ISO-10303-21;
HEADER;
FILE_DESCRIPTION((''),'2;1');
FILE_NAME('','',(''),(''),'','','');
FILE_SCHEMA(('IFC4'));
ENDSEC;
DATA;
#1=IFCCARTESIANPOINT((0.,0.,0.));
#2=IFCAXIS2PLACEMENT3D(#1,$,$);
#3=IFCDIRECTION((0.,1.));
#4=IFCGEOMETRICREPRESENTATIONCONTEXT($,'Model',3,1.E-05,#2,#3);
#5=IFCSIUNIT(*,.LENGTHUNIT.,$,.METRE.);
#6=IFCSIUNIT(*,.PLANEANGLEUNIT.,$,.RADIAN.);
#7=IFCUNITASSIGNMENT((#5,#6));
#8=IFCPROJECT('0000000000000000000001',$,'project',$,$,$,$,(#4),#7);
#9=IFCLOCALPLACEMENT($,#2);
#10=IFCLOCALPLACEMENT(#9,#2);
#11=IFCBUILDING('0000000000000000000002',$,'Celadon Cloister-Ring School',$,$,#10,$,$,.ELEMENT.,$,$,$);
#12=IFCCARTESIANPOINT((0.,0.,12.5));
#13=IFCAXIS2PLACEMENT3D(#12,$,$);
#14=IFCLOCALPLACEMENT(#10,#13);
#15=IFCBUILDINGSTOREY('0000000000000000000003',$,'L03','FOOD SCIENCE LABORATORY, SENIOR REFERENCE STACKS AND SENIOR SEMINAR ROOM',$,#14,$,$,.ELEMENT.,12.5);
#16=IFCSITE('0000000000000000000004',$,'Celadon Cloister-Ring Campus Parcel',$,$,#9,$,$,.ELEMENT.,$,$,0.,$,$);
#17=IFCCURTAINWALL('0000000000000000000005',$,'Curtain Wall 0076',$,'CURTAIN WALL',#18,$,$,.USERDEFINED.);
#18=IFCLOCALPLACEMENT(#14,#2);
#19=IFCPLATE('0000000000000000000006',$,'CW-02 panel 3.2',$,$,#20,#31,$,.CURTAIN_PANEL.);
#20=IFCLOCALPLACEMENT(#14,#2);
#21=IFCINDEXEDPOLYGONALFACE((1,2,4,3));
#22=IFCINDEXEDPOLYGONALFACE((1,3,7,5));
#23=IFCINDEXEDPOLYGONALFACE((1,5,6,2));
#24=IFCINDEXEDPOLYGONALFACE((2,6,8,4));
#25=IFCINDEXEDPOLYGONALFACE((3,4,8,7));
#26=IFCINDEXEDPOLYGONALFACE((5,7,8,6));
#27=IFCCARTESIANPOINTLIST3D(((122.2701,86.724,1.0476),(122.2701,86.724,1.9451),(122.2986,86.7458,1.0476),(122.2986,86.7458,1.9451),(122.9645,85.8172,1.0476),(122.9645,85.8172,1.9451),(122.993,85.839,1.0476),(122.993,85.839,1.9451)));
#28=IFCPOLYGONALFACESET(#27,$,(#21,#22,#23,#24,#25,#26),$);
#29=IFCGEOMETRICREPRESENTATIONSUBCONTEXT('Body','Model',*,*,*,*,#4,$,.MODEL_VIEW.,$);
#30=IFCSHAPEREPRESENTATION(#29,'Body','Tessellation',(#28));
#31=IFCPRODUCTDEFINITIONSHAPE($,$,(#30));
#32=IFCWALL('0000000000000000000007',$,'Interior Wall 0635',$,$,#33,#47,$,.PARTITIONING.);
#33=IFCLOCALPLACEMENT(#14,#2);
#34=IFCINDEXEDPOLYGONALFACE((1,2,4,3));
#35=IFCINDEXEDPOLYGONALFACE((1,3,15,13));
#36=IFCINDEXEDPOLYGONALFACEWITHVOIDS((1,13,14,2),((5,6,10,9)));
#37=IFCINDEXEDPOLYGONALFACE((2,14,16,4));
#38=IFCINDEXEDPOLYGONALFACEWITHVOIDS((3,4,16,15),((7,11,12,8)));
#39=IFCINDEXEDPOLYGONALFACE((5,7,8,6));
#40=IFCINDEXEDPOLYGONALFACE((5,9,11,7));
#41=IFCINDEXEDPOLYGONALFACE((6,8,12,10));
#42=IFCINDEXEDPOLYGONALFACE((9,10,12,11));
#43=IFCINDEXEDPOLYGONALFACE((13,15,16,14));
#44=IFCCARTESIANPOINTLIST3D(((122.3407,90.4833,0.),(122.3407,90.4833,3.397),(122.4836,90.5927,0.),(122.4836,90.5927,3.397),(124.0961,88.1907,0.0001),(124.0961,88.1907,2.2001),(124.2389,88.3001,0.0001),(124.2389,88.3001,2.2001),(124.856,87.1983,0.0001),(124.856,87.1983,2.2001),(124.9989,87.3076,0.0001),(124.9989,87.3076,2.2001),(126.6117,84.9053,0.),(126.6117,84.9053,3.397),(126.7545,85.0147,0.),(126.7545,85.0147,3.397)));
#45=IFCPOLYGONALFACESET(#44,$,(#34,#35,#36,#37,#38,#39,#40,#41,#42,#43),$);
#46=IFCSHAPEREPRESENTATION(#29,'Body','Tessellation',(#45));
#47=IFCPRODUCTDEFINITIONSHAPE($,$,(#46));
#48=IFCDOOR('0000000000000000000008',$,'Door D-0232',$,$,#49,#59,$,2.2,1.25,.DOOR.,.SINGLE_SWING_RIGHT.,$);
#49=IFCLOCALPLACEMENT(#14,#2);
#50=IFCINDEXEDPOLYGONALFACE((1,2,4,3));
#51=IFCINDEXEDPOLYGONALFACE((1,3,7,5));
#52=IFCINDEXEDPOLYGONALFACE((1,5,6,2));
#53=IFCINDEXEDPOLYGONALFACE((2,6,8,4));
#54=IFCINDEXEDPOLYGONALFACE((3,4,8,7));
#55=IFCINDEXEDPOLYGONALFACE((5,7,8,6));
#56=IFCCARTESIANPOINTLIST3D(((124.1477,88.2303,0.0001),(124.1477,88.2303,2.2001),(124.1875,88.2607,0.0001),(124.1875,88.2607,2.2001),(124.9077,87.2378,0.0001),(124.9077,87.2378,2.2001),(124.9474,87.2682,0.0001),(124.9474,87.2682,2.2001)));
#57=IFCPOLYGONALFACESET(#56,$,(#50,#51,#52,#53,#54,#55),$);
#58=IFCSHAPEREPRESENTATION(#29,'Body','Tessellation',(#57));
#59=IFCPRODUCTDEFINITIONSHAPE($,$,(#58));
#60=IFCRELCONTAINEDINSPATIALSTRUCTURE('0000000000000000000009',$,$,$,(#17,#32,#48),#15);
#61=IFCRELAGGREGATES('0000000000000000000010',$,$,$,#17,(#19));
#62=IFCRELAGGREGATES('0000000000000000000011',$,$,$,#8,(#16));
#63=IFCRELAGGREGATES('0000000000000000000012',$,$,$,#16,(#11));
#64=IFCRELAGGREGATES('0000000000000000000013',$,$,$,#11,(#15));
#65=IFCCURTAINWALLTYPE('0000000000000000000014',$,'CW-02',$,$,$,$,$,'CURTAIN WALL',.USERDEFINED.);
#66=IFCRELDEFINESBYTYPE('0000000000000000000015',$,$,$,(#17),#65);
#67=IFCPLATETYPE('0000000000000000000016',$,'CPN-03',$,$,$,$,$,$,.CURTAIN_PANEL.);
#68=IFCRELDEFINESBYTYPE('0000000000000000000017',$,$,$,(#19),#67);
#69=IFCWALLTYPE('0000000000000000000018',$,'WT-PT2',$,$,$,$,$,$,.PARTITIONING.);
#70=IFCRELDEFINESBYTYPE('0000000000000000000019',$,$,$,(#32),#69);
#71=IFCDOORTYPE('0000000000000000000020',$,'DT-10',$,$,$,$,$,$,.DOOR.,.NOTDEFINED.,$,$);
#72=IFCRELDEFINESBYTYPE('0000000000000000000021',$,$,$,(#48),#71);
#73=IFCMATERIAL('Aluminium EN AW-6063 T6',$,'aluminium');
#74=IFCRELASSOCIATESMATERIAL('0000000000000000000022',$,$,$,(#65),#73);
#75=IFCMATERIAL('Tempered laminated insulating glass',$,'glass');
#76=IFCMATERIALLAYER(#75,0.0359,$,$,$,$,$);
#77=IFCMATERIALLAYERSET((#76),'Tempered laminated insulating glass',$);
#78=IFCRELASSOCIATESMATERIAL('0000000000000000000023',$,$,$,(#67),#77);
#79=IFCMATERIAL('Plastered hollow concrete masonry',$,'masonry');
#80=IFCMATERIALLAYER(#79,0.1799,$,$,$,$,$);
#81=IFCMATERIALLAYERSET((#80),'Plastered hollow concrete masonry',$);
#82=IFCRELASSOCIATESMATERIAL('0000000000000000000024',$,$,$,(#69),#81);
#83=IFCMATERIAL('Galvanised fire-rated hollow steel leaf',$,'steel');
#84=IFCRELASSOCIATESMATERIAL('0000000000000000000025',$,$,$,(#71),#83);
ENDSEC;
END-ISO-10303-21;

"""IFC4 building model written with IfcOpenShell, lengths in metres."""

from ifc_helpers import new_model, si_unit, direction, frame, frame_2d, origin, origin_2d, place, context, subcontext, project, spatial, rectangle, extrude, material, layer, layer_set, type_object, element, fill, aggregate, save


model = new_model("IFC4")

# Units and contexts
model_context = context("Model", 3, precision=1e-05, world=origin(), true_north=direction((0.0, 1.0)))
body_context = subcontext(model_context, "Body", "Model", "MODEL_VIEW")
ifc_project = project(units=[si_unit("LENGTHUNIT", "METRE"), si_unit("PLANEANGLEUNIT", "RADIAN")], contexts=[model_context])

# Site, building, storey
site_placement = place(None, origin())
site = spatial("IfcSite", under=ifc_project, at=site_placement, Name="Celadon Cloister-Ring Campus Parcel", CompositionType="ELEMENT", RefElevation=0.0)
building_placement = place(site_placement, origin())
building = spatial("IfcBuilding", under=site, at=building_placement, Name="Celadon Cloister-Ring School", CompositionType="ELEMENT")
storey_placement = place(building_placement, frame((0.0, 0.0, 12.5)))
storey = spatial("IfcBuildingStorey", under=building, at=storey_placement, Name="L03", Description="FOOD SCIENCE LABORATORY, SENIOR REFERENCE STACKS AND SENIOR SEMINAR ROOM", CompositionType="ELEMENT", Elevation=12.5)

# Curtain wall
ifc_material_1 = material(Name="Aluminium EN AW-6063 T6", Category="aluminium")
curtain_wall_type = type_object("IfcCurtainWallType", Name="CW-02", ElementType="CURTAIN WALL", PredefinedType="USERDEFINED", material=ifc_material_1)
curtain_wall_placement = place(storey_placement, origin())
curtain_wall = element("IfcCurtainWall", 1, at=curtain_wall_placement, inside=storey, type_object=curtain_wall_type, Name="Curtain Wall 0076", ObjectType="CURTAIN WALL", PredefinedType="USERDEFINED")

# Plate
ifc_material_2 = material(Name="Tempered laminated insulating glass", Category="glass")
ifc_layer_1 = layer(ifc_material_2, 0.0359)
ifc_layer_set_1 = layer_set([ifc_layer_1], Name="Tempered laminated insulating glass")
plate_type = type_object("IfcPlateType", Name="CPN-03", PredefinedType="CURTAIN_PANEL", material=ifc_layer_set_1)
plate_1_placement = place(storey_placement, frame((122.6316, 86.2815, 1.0476), z_axis=(0.0, 0.0, 1.0), x_axis=(-0.608009, 0.79393, 0.0)))
plate_1 = element("IfcPlate", 2, at=plate_1_placement, type_object=plate_type, Name="CW-02 panel 3.2", PredefinedType="CURTAIN_PANEL", context=body_context, shape_type="SweptSolid", body=[
    extrude(rectangle(XDim=1.1421, YDim=0.0359, at=origin_2d()), origin(), (0.0, 0.0, 1.0), 0.8975),
])
aggregate(curtain_wall, [plate_1])

# Wall, opening, door
ifc_material_3 = material(Name="Plastered hollow concrete masonry", Category="masonry")
ifc_layer_2 = layer(ifc_material_3, 0.1799)
ifc_layer_set_2 = layer_set([ifc_layer_2], Name="Plastered hollow concrete masonry")
wall_type = type_object("IfcWallType", Name="WT-PT2", PredefinedType="PARTITIONING", material=ifc_layer_set_2)
wall_placement = place(storey_placement, frame((126.6831, 84.96, 0.0), z_axis=(0.0, 0.0, 1.0), x_axis=(-0.607932, 0.793989, 0.0)))
wall = element("IfcWall", 3, at=wall_placement, inside=storey, type_object=wall_type, Name="Interior Wall 0635", PredefinedType="PARTITIONING", context=body_context, shape_type="SweptSolid", body=[
    extrude(rectangle(XDim=7.0254, YDim=0.1799, at=frame_2d((3.5127, 0.0))), origin(), (0.0, 0.0, 1.0), 3.397),
])
opening_placement = place(wall_placement, frame((2.8879, 0.0, 0.0)))
opening = element("IfcOpeningElement", 4, at=opening_placement, cuts=wall, PredefinedType="OPENING", context=body_context, shape_type="SweptSolid", body=[
    extrude(rectangle(XDim=1.25, YDim=2.2, at=frame_2d((0.625, 1.1001))), frame((0.0, 0.1001, 0.0), z_axis=(0.0, -1.0, 0.0), x_axis=(1.0, 0.0, 0.0)), (0.0, 0.0, 1.0), 0.2),
])
ifc_material_4 = material(Name="Galvanised fire-rated hollow steel leaf", Category="steel")
door_type = type_object("IfcDoorType", Name="DT-10", OperationType="NOTDEFINED", PredefinedType="DOOR", material=ifc_material_4)
door_placement = place(opening_placement, origin())
door = element("IfcDoor", 5, at=door_placement, inside=storey, type_object=door_type, Name="Door D-0232", OperationType="SINGLE_SWING_RIGHT", OverallHeight=2.2, OverallWidth=1.25, PredefinedType="DOOR", context=body_context, shape_type="SweptSolid", body=[
    extrude(rectangle(XDim=1.25, YDim=2.2, at=frame_2d((0.625, 1.1001))), frame((0.0, 0.0249, 0.0), z_axis=(0.0, -1.0, 0.0), x_axis=(1.0, 0.0, 0.0)), (0.0, 0.0, 1.0), 0.05),
])
fill(opening, door)

save(model, "model.ifc")
